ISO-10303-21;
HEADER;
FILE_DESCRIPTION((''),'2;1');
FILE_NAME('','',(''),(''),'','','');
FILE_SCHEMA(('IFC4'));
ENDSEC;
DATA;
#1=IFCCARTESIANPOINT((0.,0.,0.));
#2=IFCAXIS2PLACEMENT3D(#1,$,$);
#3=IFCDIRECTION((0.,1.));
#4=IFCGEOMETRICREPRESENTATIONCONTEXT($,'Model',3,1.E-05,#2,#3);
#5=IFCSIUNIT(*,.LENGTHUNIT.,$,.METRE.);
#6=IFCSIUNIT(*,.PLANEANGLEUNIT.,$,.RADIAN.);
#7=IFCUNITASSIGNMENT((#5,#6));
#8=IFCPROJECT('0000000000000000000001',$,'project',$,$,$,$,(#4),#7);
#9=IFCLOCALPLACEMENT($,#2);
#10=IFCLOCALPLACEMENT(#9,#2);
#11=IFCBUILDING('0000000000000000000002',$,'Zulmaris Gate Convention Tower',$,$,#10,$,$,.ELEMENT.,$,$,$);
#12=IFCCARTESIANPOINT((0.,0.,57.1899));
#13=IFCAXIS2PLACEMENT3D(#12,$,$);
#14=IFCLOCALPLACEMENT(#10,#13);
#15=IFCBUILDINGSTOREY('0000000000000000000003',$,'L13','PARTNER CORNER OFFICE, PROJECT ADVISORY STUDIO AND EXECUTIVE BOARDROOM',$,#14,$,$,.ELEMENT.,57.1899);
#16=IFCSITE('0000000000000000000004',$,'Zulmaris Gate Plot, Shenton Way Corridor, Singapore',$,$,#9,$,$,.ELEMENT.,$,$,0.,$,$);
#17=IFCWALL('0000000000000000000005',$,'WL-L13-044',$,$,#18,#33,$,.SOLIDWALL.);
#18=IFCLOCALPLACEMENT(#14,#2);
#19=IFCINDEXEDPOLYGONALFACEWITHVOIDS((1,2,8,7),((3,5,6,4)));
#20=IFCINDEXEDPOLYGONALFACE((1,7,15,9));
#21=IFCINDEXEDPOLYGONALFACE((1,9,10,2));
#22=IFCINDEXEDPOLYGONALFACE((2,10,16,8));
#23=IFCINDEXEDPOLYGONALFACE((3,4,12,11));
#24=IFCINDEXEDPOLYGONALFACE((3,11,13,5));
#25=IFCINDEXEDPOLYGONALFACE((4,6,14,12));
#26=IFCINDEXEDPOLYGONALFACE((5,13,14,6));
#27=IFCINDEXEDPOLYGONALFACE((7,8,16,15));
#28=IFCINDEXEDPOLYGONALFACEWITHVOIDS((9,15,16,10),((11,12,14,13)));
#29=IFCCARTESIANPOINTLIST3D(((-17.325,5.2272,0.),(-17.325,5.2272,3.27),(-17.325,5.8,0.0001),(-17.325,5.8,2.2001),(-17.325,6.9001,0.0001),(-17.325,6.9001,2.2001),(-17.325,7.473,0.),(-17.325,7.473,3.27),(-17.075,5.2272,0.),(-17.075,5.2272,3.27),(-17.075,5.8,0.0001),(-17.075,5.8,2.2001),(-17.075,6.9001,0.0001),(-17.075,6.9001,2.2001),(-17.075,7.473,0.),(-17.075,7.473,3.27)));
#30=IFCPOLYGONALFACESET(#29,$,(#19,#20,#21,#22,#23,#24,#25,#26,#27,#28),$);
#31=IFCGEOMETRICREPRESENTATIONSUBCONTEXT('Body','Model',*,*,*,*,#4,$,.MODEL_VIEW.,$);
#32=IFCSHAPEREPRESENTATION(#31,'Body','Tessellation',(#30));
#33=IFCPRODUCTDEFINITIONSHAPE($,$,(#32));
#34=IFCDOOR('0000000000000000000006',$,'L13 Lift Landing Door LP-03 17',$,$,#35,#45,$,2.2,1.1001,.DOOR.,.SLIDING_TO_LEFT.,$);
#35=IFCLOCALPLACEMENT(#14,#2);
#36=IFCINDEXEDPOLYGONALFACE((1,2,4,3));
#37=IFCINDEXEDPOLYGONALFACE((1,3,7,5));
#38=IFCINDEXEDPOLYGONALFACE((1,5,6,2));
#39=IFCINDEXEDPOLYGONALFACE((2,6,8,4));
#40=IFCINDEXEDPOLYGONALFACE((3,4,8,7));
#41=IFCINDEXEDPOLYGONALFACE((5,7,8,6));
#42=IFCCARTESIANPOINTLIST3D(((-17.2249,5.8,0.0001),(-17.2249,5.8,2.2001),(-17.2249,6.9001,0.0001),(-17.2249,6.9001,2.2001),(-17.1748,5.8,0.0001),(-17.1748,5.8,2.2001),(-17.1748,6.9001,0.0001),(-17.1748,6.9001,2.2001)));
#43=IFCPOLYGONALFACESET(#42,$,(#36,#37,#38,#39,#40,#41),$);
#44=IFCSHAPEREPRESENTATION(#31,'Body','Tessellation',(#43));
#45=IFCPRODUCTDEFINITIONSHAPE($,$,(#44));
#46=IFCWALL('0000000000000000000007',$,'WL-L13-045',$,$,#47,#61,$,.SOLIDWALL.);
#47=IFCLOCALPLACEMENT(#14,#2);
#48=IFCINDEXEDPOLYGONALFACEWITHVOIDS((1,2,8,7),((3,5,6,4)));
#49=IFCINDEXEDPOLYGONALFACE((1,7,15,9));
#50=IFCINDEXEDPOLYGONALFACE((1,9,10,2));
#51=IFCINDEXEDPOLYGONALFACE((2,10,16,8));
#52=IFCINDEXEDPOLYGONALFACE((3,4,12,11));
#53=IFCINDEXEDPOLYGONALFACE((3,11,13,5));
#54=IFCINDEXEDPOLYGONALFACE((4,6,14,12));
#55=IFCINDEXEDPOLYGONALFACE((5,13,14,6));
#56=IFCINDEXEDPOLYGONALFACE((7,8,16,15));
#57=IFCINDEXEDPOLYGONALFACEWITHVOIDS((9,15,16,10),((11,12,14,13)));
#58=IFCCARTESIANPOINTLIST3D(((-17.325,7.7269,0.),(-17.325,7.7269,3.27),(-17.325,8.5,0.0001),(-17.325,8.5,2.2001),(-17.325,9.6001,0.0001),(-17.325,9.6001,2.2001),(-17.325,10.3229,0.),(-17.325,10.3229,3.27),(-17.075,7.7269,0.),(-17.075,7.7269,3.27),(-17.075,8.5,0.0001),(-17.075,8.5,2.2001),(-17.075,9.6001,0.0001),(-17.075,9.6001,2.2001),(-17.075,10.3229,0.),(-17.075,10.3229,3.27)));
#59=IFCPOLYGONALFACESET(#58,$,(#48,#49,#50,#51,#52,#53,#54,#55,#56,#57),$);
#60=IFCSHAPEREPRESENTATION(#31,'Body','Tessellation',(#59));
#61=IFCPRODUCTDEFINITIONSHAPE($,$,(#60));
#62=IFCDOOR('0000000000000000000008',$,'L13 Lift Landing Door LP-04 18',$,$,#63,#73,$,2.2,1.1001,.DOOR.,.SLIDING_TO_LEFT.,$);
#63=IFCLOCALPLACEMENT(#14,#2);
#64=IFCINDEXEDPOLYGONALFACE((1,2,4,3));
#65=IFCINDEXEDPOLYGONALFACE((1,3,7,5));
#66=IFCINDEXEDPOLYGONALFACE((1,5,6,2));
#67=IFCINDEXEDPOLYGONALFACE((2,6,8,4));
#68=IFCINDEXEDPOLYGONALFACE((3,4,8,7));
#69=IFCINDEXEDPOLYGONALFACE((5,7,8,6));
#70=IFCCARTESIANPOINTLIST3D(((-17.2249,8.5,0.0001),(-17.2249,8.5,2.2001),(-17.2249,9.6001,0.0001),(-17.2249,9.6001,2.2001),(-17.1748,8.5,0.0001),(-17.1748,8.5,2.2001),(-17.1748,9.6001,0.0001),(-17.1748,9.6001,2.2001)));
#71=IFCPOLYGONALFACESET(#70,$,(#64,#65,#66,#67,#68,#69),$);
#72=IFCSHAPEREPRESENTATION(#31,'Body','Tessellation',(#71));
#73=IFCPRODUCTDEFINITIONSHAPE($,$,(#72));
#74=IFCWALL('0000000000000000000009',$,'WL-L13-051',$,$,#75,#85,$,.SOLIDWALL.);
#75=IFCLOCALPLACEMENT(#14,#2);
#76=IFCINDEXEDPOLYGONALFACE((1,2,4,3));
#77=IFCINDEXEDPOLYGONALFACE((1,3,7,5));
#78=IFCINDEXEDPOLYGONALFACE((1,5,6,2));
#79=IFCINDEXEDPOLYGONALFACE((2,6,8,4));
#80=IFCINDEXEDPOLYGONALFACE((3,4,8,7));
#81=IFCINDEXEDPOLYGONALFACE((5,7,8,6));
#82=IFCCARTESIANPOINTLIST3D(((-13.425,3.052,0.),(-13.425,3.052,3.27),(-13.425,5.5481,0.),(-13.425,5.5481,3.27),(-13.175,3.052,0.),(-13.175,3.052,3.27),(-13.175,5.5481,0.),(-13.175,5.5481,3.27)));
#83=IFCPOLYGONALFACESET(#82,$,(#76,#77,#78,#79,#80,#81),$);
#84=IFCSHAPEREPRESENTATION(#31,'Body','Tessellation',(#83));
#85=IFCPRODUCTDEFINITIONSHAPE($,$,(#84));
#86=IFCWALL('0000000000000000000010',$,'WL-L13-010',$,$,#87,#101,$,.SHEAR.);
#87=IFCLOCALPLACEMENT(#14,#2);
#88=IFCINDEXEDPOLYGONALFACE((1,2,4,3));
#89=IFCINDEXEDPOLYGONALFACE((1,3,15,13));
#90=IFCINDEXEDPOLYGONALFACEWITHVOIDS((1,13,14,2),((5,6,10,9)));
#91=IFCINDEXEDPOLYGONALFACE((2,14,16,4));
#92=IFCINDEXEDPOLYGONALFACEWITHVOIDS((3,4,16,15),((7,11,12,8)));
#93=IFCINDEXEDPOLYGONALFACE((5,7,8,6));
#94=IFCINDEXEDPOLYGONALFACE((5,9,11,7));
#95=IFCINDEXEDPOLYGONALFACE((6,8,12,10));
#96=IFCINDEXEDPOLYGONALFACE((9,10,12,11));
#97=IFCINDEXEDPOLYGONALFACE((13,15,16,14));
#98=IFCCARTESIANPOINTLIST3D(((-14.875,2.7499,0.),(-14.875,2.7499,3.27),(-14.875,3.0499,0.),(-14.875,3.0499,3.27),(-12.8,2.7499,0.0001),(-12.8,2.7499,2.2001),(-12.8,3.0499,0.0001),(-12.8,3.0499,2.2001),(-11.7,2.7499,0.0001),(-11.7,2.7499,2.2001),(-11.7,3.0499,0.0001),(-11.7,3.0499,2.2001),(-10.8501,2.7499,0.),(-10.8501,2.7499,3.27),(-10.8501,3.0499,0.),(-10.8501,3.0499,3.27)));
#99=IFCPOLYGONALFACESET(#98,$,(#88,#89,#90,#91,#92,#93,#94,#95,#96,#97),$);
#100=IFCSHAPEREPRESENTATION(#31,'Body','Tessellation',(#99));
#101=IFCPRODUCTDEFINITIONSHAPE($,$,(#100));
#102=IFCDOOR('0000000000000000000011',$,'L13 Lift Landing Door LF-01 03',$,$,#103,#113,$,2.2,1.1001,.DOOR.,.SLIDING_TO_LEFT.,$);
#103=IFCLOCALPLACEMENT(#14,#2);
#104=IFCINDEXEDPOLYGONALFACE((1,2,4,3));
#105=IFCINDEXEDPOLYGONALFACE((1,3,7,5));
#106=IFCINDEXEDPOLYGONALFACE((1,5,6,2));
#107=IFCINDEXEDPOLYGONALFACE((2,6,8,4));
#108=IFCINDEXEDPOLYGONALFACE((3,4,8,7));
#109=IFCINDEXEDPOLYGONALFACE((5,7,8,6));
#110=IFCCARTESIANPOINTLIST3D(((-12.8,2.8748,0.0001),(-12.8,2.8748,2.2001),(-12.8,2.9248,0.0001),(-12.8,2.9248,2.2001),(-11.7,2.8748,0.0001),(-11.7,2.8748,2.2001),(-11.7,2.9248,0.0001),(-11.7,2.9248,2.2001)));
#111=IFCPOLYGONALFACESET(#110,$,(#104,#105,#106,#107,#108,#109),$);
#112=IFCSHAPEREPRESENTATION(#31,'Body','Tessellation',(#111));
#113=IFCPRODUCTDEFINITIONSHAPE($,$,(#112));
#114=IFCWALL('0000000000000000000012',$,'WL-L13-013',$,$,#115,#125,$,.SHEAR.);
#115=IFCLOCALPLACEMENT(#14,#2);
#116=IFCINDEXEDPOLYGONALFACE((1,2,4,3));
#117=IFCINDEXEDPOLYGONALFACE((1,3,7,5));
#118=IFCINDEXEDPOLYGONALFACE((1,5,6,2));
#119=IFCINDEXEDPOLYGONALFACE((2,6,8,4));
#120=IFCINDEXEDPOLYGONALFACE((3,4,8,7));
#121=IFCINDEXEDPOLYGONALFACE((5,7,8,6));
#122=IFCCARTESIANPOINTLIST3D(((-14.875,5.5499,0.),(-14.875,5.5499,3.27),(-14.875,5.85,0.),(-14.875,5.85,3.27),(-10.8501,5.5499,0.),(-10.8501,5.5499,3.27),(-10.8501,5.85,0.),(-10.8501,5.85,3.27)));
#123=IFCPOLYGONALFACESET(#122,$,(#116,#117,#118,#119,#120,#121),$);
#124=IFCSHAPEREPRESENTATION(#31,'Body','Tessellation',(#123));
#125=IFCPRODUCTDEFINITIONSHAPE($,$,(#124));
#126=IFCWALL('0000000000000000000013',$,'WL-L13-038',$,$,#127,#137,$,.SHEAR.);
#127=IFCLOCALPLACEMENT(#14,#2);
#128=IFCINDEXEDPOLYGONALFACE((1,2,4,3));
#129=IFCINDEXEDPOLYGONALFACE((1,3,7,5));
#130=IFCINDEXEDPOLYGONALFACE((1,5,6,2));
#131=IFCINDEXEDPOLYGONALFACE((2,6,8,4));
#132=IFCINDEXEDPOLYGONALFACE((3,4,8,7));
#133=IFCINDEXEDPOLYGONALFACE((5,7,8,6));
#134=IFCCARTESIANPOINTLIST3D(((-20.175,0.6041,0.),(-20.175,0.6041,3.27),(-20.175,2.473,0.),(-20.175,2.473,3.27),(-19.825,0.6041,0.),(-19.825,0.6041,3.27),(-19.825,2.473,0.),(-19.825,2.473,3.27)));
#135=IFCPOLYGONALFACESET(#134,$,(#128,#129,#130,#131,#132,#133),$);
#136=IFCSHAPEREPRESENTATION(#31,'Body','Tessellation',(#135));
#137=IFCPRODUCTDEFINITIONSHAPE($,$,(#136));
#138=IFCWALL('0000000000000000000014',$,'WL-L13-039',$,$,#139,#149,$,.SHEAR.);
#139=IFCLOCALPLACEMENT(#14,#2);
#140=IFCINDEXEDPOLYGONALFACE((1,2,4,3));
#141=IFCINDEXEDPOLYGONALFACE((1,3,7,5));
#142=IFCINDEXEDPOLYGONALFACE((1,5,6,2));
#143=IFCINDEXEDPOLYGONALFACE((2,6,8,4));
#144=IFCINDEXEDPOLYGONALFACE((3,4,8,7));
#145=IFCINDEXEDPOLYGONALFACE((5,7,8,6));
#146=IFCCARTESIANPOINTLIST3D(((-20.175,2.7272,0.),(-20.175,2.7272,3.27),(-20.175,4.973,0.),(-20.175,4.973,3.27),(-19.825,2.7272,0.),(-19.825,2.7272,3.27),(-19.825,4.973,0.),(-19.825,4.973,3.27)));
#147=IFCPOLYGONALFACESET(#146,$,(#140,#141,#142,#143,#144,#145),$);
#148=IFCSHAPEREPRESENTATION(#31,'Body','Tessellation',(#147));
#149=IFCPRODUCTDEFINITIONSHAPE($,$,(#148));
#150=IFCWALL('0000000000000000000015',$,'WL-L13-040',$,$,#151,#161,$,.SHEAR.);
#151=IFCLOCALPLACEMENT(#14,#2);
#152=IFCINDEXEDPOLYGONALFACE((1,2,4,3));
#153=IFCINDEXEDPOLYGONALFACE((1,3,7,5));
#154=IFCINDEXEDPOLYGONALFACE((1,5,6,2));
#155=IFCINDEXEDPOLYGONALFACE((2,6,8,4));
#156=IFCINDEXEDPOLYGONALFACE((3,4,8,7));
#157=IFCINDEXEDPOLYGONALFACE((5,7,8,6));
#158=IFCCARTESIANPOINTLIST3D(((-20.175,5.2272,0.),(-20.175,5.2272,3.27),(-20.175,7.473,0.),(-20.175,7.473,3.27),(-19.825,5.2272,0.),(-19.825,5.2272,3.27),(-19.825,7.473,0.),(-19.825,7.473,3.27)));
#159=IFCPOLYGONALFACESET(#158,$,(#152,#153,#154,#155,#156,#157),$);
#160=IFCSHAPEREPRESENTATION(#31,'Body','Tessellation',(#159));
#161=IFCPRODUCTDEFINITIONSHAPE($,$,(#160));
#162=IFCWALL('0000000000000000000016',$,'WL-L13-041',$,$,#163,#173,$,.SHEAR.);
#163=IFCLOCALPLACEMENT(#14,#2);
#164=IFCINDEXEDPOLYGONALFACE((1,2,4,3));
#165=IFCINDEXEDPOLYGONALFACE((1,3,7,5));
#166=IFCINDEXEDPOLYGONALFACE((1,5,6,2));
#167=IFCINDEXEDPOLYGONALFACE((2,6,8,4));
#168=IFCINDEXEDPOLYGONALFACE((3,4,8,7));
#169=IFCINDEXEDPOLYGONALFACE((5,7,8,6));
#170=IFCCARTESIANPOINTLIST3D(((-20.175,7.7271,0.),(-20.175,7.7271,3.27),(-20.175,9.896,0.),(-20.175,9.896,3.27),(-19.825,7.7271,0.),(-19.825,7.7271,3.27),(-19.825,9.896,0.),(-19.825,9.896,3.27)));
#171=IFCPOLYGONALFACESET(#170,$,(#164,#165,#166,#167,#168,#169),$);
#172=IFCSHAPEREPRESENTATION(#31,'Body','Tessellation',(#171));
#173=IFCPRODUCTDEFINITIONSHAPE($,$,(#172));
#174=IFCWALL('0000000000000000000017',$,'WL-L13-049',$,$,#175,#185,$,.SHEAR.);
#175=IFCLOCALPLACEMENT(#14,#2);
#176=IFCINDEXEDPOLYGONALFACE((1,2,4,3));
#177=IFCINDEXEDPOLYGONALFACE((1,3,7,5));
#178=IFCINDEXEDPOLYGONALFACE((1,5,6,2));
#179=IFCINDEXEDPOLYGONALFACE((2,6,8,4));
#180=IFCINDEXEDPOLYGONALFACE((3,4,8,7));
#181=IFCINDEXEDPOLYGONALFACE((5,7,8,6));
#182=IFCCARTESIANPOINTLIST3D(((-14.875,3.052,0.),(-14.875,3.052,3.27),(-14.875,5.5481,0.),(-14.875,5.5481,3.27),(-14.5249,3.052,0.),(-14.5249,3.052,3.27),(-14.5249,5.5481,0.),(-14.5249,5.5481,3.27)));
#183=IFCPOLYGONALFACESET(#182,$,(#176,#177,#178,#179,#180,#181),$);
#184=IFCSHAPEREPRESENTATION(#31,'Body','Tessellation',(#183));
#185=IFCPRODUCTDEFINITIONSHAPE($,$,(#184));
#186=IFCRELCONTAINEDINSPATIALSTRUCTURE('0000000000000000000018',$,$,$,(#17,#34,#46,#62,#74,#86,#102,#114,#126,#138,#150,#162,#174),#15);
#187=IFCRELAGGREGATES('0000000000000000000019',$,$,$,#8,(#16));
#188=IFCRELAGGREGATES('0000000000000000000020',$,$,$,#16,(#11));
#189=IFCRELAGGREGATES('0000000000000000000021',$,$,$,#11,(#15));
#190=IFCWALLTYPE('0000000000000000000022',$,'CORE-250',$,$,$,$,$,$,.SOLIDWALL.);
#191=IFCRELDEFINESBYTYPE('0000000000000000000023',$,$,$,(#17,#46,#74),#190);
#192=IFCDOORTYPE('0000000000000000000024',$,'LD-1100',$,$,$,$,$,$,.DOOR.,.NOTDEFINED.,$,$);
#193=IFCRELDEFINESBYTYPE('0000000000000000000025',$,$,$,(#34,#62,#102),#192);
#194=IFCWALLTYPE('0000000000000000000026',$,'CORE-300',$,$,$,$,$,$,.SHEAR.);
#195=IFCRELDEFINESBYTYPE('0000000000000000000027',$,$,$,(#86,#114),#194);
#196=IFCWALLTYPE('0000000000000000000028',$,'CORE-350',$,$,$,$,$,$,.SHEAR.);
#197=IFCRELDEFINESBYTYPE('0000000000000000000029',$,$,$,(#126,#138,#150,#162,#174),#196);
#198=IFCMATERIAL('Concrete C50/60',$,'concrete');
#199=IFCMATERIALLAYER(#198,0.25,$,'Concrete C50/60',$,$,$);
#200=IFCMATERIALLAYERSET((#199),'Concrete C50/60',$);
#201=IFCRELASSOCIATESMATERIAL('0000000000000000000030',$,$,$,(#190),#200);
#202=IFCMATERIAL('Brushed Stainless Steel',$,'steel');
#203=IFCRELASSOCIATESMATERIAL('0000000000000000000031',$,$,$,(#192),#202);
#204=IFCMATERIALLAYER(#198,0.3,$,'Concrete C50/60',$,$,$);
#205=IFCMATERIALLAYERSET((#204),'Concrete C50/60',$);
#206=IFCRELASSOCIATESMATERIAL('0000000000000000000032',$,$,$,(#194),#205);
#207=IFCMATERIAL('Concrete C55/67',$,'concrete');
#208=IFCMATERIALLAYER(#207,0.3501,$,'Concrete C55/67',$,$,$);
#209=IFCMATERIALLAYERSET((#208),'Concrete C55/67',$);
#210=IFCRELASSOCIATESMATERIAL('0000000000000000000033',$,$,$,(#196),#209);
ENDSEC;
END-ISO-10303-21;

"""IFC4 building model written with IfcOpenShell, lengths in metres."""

from ifc_helpers import new_model, si_unit, direction, frame, frame_2d, origin, place, context, subcontext, project, spatial, rectangle, extrude, material, layer, layer_set, type_object, element, fill, save


model = new_model("IFC4")

# Units and contexts
model_context = context("Model", 3, precision=1e-05, world=origin(), true_north=direction((0.0, 1.0)))
body_context = subcontext(model_context, "Body", "Model", "MODEL_VIEW")
ifc_project = project(units=[si_unit("LENGTHUNIT", "METRE"), si_unit("PLANEANGLEUNIT", "RADIAN")], contexts=[model_context])

# Site, building, storey
site_placement = place(None, origin())
site = spatial("IfcSite", under=ifc_project, at=site_placement, Name="Zulmaris Gate Plot, Shenton Way Corridor, Singapore", CompositionType="ELEMENT", RefElevation=0.0)
building_placement = place(site_placement, origin())
building = spatial("IfcBuilding", under=site, at=building_placement, Name="Zulmaris Gate Convention Tower", CompositionType="ELEMENT")
storey_placement = place(building_placement, frame((0.0, 0.0, 57.1899)))
storey = spatial("IfcBuildingStorey", under=building, at=storey_placement, Name="L13", Description="PARTNER CORNER OFFICE, PROJECT ADVISORY STUDIO AND EXECUTIVE BOARDROOM", CompositionType="ELEMENT", Elevation=57.1899)

# Shared definitions
ifc_material_1 = material(Name="Concrete C50/60", Category="concrete")
ifc_layer_1 = layer(ifc_material_1, 0.25, Name="Concrete C50/60")
ifc_layer_set_1 = layer_set([ifc_layer_1], Name="Concrete C50/60")
wall_type_1 = type_object("IfcWallType", Name="CORE-250", PredefinedType="SOLIDWALL", material=ifc_layer_set_1)

# Walls, openings, doors
ifc_material_2 = material(Name="Brushed Stainless Steel", Category="steel")
door_type_1 = type_object("IfcDoorType", Name="LD-1100", OperationType="NOTDEFINED", PredefinedType="DOOR", material=ifc_material_2)
wall_1_placement = place(storey_placement, frame((-17.2, 5.2271, 0.0), z_axis=(0.0, 0.0, 1.0), x_axis=(0.0, 1.0, 0.0)))
wall_1 = element("IfcWall", 1, at=wall_1_placement, inside=storey, type_object=wall_type_1, Name="WL-L13-044", PredefinedType="SOLIDWALL", context=body_context, shape_type="SweptSolid", body=[
    extrude(rectangle(XDim=2.2458, YDim=0.25, at=frame_2d((1.123, 0.0))), origin(), (0.0, 0.0, 1.0), 3.27),
])
opening_1_placement = place(wall_1_placement, frame((0.573, 0.0, 0.0)))
opening_1 = element("IfcOpeningElement", 2, at=opening_1_placement, cuts=wall_1, PredefinedType="OPENING", context=body_context, shape_type="SweptSolid", body=[
    extrude(rectangle(XDim=1.1001, YDim=2.2, at=frame_2d((0.55, 1.1001))), frame((0.0, 0.135, 0.0), z_axis=(0.0, -1.0, 0.0), x_axis=(1.0, 0.0, 0.0)), (0.0, 0.0, 1.0), 0.27),
])
door_1_placement = place(opening_1_placement, origin())
door_1 = element("IfcDoor", 3, at=door_1_placement, inside=storey, type_object=door_type_1, Name="L13 Lift Landing Door LP-03 17", OperationType="SLIDING_TO_LEFT", OverallHeight=2.2, OverallWidth=1.1001, PredefinedType="DOOR", context=body_context, shape_type="SweptSolid", body=[
    extrude(rectangle(XDim=1.1001, YDim=2.2, at=frame_2d((0.55, 1.1001))), frame((0.0, 0.0249, 0.0), z_axis=(0.0, -1.0, 0.0), x_axis=(1.0, 0.0, 0.0)), (0.0, 0.0, 1.0), 0.05),
])
fill(opening_1, door_1)
wall_2_placement = place(storey_placement, frame((-17.2, 7.7271, 0.0), z_axis=(0.0, 0.0, 1.0), x_axis=(0.0, 1.0, 0.0)))
wall_2 = element("IfcWall", 4, at=wall_2_placement, inside=storey, type_object=wall_type_1, Name="WL-L13-045", PredefinedType="SOLIDWALL", context=body_context, shape_type="SweptSolid", body=[
    extrude(rectangle(XDim=2.5959, YDim=0.25, at=frame_2d((1.2979, 0.0))), origin(), (0.0, 0.0, 1.0), 3.27),
])
opening_2_placement = place(wall_2_placement, frame((0.7729, 0.0, 0.0)))
opening_2 = element("IfcOpeningElement", 5, at=opening_2_placement, cuts=wall_2, PredefinedType="OPENING", context=body_context, shape_type="SweptSolid", body=[
    extrude(rectangle(XDim=1.1001, YDim=2.2, at=frame_2d((0.55, 1.1001))), frame((0.0, 0.135, 0.0), z_axis=(0.0, -1.0, 0.0), x_axis=(1.0, 0.0, 0.0)), (0.0, 0.0, 1.0), 0.27),
])
door_2_placement = place(opening_2_placement, origin())
door_2 = element("IfcDoor", 6, at=door_2_placement, inside=storey, type_object=door_type_1, Name="L13 Lift Landing Door LP-04 18", OperationType="SLIDING_TO_LEFT", OverallHeight=2.2, OverallWidth=1.1001, PredefinedType="DOOR", context=body_context, shape_type="SweptSolid", body=[
    extrude(rectangle(XDim=1.1001, YDim=2.2, at=frame_2d((0.55, 1.1001))), frame((0.0, 0.0249, 0.0), z_axis=(0.0, -1.0, 0.0), x_axis=(1.0, 0.0, 0.0)), (0.0, 0.0, 1.0), 0.05),
])
fill(opening_2, door_2)

# Wall
wall_3_placement = place(storey_placement, frame((-13.3, 3.052, 0.0), z_axis=(0.0, 0.0, 1.0), x_axis=(0.0, 1.0, 0.0)))
element("IfcWall", 7, at=wall_3_placement, inside=storey, type_object=wall_type_1, Name="WL-L13-051", PredefinedType="SOLIDWALL", context=body_context, shape_type="SweptSolid", body=[
    extrude(rectangle(XDim=2.4961, YDim=0.25, at=frame_2d((1.248, 0.0))), origin(), (0.0, 0.0, 1.0), 3.27),
])

# Wall, opening, door
ifc_layer_2 = layer(ifc_material_1, 0.3, Name="Concrete C50/60")
ifc_layer_set_2 = layer_set([ifc_layer_2], Name="Concrete C50/60")
wall_type_2 = type_object("IfcWallType", Name="CORE-300", PredefinedType="SHEAR", material=ifc_layer_set_2)
wall_4_placement = place(storey_placement, frame((-14.875, 2.8999, 0.0), z_axis=(0.0, 0.0, 1.0), x_axis=(1.0, 0.0, 0.0)))
wall_4 = element("IfcWall", 8, at=wall_4_placement, inside=storey, type_object=wall_type_2, Name="WL-L13-010", PredefinedType="SHEAR", context=body_context, shape_type="SweptSolid", body=[
    extrude(rectangle(XDim=4.0249, YDim=0.3, at=frame_2d((2.0125, 0.0))), origin(), (0.0, 0.0, 1.0), 3.27),
])
opening_3_placement = place(wall_4_placement, frame((2.075, 0.0, 0.0)))
opening_3 = element("IfcOpeningElement", 9, at=opening_3_placement, cuts=wall_4, PredefinedType="OPENING", context=body_context, shape_type="SweptSolid", body=[
    extrude(rectangle(XDim=1.1001, YDim=2.2, at=frame_2d((0.55, 1.1001))), frame((0.0, 0.1602, 0.0), z_axis=(0.0, -1.0, 0.0), x_axis=(1.0, 0.0, 0.0)), (0.0, 0.0, 1.0), 0.3201),
])
door_3_placement = place(opening_3_placement, origin())
door_3 = element("IfcDoor", 10, at=door_3_placement, inside=storey, type_object=door_type_1, Name="L13 Lift Landing Door LF-01 03", OperationType="SLIDING_TO_LEFT", OverallHeight=2.2, OverallWidth=1.1001, PredefinedType="DOOR", context=body_context, shape_type="SweptSolid", body=[
    extrude(rectangle(XDim=1.1001, YDim=2.2, at=frame_2d((0.55, 1.1001))), frame((0.0, 0.0249, 0.0), z_axis=(0.0, -1.0, 0.0), x_axis=(1.0, 0.0, 0.0)), (0.0, 0.0, 1.0), 0.05),
])
fill(opening_3, door_3)

# Walls
wall_5_placement = place(storey_placement, frame((-14.875, 5.7, 0.0), z_axis=(0.0, 0.0, 1.0), x_axis=(1.0, 0.0, 0.0)))
element("IfcWall", 11, at=wall_5_placement, inside=storey, type_object=wall_type_2, Name="WL-L13-013", PredefinedType="SHEAR", context=body_context, shape_type="SweptSolid", body=[
    extrude(rectangle(XDim=4.0249, YDim=0.3, at=frame_2d((2.0125, 0.0))), origin(), (0.0, 0.0, 1.0), 3.27),
])
ifc_material_3 = material(Name="Concrete C55/67", Category="concrete")
ifc_layer_3 = layer(ifc_material_3, 0.3501, Name="Concrete C55/67")
ifc_layer_set_3 = layer_set([ifc_layer_3], Name="Concrete C55/67")
wall_type_3 = type_object("IfcWallType", Name="CORE-350", PredefinedType="SHEAR", material=ifc_layer_set_3)
wall_6_placement = place(storey_placement, frame((-20.0, 0.604, 0.0), z_axis=(0.0, 0.0, 1.0), x_axis=(0.0, 1.0, 0.0)))
element("IfcWall", 12, at=wall_6_placement, inside=storey, type_object=wall_type_3, Name="WL-L13-038", PredefinedType="SHEAR", context=body_context, shape_type="SweptSolid", body=[
    extrude(rectangle(XDim=1.8689, YDim=0.3501, at=frame_2d((0.9346, 0.0))), origin(), (0.0, 0.0, 1.0), 3.27),
])
for number, where, z_axis, x_axis, name in (
    (13, (-20.0, 2.7271, 0.0), (0.0, 0.0, 1.0), (0.0, 1.0, 0.0), "WL-L13-039"),
    (14, (-20.0, 5.2271, 0.0), (0.0, 0.0, 1.0), (0.0, 1.0, 0.0), "WL-L13-040"),
):
    element("IfcWall", number, at=place(storey_placement, frame(where, z_axis=z_axis, x_axis=x_axis)), inside=storey, type_object=wall_type_3, Name=name, PredefinedType="SHEAR", context=body_context, shape_type="SweptSolid", body=[
        extrude(rectangle(XDim=2.2458, YDim=0.3501, at=frame_2d((1.123, 0.0))), origin(), (0.0, 0.0, 1.0), 3.27),
    ])
wall_7_placement = place(storey_placement, frame((-20.0, 7.7271, 0.0), z_axis=(0.0, 0.0, 1.0), x_axis=(0.0, 1.0, 0.0)))
element("IfcWall", 15, at=wall_7_placement, inside=storey, type_object=wall_type_3, Name="WL-L13-041", PredefinedType="SHEAR", context=body_context, shape_type="SweptSolid", body=[
    extrude(rectangle(XDim=2.1689, YDim=0.3501, at=frame_2d((1.0845, 0.0))), origin(), (0.0, 0.0, 1.0), 3.27),
])
wall_8_placement = place(storey_placement, frame((-14.7, 3.052, 0.0), z_axis=(0.0, 0.0, 1.0), x_axis=(0.0, 1.0, 0.0)))
element("IfcWall", 16, at=wall_8_placement, inside=storey, type_object=wall_type_3, Name="WL-L13-049", PredefinedType="SHEAR", context=body_context, shape_type="SweptSolid", body=[
    extrude(rectangle(XDim=2.4961, YDim=0.3501, at=frame_2d((1.248, 0.0))), origin(), (0.0, 0.0, 1.0), 3.27),
])

save(model, "model.ifc")
